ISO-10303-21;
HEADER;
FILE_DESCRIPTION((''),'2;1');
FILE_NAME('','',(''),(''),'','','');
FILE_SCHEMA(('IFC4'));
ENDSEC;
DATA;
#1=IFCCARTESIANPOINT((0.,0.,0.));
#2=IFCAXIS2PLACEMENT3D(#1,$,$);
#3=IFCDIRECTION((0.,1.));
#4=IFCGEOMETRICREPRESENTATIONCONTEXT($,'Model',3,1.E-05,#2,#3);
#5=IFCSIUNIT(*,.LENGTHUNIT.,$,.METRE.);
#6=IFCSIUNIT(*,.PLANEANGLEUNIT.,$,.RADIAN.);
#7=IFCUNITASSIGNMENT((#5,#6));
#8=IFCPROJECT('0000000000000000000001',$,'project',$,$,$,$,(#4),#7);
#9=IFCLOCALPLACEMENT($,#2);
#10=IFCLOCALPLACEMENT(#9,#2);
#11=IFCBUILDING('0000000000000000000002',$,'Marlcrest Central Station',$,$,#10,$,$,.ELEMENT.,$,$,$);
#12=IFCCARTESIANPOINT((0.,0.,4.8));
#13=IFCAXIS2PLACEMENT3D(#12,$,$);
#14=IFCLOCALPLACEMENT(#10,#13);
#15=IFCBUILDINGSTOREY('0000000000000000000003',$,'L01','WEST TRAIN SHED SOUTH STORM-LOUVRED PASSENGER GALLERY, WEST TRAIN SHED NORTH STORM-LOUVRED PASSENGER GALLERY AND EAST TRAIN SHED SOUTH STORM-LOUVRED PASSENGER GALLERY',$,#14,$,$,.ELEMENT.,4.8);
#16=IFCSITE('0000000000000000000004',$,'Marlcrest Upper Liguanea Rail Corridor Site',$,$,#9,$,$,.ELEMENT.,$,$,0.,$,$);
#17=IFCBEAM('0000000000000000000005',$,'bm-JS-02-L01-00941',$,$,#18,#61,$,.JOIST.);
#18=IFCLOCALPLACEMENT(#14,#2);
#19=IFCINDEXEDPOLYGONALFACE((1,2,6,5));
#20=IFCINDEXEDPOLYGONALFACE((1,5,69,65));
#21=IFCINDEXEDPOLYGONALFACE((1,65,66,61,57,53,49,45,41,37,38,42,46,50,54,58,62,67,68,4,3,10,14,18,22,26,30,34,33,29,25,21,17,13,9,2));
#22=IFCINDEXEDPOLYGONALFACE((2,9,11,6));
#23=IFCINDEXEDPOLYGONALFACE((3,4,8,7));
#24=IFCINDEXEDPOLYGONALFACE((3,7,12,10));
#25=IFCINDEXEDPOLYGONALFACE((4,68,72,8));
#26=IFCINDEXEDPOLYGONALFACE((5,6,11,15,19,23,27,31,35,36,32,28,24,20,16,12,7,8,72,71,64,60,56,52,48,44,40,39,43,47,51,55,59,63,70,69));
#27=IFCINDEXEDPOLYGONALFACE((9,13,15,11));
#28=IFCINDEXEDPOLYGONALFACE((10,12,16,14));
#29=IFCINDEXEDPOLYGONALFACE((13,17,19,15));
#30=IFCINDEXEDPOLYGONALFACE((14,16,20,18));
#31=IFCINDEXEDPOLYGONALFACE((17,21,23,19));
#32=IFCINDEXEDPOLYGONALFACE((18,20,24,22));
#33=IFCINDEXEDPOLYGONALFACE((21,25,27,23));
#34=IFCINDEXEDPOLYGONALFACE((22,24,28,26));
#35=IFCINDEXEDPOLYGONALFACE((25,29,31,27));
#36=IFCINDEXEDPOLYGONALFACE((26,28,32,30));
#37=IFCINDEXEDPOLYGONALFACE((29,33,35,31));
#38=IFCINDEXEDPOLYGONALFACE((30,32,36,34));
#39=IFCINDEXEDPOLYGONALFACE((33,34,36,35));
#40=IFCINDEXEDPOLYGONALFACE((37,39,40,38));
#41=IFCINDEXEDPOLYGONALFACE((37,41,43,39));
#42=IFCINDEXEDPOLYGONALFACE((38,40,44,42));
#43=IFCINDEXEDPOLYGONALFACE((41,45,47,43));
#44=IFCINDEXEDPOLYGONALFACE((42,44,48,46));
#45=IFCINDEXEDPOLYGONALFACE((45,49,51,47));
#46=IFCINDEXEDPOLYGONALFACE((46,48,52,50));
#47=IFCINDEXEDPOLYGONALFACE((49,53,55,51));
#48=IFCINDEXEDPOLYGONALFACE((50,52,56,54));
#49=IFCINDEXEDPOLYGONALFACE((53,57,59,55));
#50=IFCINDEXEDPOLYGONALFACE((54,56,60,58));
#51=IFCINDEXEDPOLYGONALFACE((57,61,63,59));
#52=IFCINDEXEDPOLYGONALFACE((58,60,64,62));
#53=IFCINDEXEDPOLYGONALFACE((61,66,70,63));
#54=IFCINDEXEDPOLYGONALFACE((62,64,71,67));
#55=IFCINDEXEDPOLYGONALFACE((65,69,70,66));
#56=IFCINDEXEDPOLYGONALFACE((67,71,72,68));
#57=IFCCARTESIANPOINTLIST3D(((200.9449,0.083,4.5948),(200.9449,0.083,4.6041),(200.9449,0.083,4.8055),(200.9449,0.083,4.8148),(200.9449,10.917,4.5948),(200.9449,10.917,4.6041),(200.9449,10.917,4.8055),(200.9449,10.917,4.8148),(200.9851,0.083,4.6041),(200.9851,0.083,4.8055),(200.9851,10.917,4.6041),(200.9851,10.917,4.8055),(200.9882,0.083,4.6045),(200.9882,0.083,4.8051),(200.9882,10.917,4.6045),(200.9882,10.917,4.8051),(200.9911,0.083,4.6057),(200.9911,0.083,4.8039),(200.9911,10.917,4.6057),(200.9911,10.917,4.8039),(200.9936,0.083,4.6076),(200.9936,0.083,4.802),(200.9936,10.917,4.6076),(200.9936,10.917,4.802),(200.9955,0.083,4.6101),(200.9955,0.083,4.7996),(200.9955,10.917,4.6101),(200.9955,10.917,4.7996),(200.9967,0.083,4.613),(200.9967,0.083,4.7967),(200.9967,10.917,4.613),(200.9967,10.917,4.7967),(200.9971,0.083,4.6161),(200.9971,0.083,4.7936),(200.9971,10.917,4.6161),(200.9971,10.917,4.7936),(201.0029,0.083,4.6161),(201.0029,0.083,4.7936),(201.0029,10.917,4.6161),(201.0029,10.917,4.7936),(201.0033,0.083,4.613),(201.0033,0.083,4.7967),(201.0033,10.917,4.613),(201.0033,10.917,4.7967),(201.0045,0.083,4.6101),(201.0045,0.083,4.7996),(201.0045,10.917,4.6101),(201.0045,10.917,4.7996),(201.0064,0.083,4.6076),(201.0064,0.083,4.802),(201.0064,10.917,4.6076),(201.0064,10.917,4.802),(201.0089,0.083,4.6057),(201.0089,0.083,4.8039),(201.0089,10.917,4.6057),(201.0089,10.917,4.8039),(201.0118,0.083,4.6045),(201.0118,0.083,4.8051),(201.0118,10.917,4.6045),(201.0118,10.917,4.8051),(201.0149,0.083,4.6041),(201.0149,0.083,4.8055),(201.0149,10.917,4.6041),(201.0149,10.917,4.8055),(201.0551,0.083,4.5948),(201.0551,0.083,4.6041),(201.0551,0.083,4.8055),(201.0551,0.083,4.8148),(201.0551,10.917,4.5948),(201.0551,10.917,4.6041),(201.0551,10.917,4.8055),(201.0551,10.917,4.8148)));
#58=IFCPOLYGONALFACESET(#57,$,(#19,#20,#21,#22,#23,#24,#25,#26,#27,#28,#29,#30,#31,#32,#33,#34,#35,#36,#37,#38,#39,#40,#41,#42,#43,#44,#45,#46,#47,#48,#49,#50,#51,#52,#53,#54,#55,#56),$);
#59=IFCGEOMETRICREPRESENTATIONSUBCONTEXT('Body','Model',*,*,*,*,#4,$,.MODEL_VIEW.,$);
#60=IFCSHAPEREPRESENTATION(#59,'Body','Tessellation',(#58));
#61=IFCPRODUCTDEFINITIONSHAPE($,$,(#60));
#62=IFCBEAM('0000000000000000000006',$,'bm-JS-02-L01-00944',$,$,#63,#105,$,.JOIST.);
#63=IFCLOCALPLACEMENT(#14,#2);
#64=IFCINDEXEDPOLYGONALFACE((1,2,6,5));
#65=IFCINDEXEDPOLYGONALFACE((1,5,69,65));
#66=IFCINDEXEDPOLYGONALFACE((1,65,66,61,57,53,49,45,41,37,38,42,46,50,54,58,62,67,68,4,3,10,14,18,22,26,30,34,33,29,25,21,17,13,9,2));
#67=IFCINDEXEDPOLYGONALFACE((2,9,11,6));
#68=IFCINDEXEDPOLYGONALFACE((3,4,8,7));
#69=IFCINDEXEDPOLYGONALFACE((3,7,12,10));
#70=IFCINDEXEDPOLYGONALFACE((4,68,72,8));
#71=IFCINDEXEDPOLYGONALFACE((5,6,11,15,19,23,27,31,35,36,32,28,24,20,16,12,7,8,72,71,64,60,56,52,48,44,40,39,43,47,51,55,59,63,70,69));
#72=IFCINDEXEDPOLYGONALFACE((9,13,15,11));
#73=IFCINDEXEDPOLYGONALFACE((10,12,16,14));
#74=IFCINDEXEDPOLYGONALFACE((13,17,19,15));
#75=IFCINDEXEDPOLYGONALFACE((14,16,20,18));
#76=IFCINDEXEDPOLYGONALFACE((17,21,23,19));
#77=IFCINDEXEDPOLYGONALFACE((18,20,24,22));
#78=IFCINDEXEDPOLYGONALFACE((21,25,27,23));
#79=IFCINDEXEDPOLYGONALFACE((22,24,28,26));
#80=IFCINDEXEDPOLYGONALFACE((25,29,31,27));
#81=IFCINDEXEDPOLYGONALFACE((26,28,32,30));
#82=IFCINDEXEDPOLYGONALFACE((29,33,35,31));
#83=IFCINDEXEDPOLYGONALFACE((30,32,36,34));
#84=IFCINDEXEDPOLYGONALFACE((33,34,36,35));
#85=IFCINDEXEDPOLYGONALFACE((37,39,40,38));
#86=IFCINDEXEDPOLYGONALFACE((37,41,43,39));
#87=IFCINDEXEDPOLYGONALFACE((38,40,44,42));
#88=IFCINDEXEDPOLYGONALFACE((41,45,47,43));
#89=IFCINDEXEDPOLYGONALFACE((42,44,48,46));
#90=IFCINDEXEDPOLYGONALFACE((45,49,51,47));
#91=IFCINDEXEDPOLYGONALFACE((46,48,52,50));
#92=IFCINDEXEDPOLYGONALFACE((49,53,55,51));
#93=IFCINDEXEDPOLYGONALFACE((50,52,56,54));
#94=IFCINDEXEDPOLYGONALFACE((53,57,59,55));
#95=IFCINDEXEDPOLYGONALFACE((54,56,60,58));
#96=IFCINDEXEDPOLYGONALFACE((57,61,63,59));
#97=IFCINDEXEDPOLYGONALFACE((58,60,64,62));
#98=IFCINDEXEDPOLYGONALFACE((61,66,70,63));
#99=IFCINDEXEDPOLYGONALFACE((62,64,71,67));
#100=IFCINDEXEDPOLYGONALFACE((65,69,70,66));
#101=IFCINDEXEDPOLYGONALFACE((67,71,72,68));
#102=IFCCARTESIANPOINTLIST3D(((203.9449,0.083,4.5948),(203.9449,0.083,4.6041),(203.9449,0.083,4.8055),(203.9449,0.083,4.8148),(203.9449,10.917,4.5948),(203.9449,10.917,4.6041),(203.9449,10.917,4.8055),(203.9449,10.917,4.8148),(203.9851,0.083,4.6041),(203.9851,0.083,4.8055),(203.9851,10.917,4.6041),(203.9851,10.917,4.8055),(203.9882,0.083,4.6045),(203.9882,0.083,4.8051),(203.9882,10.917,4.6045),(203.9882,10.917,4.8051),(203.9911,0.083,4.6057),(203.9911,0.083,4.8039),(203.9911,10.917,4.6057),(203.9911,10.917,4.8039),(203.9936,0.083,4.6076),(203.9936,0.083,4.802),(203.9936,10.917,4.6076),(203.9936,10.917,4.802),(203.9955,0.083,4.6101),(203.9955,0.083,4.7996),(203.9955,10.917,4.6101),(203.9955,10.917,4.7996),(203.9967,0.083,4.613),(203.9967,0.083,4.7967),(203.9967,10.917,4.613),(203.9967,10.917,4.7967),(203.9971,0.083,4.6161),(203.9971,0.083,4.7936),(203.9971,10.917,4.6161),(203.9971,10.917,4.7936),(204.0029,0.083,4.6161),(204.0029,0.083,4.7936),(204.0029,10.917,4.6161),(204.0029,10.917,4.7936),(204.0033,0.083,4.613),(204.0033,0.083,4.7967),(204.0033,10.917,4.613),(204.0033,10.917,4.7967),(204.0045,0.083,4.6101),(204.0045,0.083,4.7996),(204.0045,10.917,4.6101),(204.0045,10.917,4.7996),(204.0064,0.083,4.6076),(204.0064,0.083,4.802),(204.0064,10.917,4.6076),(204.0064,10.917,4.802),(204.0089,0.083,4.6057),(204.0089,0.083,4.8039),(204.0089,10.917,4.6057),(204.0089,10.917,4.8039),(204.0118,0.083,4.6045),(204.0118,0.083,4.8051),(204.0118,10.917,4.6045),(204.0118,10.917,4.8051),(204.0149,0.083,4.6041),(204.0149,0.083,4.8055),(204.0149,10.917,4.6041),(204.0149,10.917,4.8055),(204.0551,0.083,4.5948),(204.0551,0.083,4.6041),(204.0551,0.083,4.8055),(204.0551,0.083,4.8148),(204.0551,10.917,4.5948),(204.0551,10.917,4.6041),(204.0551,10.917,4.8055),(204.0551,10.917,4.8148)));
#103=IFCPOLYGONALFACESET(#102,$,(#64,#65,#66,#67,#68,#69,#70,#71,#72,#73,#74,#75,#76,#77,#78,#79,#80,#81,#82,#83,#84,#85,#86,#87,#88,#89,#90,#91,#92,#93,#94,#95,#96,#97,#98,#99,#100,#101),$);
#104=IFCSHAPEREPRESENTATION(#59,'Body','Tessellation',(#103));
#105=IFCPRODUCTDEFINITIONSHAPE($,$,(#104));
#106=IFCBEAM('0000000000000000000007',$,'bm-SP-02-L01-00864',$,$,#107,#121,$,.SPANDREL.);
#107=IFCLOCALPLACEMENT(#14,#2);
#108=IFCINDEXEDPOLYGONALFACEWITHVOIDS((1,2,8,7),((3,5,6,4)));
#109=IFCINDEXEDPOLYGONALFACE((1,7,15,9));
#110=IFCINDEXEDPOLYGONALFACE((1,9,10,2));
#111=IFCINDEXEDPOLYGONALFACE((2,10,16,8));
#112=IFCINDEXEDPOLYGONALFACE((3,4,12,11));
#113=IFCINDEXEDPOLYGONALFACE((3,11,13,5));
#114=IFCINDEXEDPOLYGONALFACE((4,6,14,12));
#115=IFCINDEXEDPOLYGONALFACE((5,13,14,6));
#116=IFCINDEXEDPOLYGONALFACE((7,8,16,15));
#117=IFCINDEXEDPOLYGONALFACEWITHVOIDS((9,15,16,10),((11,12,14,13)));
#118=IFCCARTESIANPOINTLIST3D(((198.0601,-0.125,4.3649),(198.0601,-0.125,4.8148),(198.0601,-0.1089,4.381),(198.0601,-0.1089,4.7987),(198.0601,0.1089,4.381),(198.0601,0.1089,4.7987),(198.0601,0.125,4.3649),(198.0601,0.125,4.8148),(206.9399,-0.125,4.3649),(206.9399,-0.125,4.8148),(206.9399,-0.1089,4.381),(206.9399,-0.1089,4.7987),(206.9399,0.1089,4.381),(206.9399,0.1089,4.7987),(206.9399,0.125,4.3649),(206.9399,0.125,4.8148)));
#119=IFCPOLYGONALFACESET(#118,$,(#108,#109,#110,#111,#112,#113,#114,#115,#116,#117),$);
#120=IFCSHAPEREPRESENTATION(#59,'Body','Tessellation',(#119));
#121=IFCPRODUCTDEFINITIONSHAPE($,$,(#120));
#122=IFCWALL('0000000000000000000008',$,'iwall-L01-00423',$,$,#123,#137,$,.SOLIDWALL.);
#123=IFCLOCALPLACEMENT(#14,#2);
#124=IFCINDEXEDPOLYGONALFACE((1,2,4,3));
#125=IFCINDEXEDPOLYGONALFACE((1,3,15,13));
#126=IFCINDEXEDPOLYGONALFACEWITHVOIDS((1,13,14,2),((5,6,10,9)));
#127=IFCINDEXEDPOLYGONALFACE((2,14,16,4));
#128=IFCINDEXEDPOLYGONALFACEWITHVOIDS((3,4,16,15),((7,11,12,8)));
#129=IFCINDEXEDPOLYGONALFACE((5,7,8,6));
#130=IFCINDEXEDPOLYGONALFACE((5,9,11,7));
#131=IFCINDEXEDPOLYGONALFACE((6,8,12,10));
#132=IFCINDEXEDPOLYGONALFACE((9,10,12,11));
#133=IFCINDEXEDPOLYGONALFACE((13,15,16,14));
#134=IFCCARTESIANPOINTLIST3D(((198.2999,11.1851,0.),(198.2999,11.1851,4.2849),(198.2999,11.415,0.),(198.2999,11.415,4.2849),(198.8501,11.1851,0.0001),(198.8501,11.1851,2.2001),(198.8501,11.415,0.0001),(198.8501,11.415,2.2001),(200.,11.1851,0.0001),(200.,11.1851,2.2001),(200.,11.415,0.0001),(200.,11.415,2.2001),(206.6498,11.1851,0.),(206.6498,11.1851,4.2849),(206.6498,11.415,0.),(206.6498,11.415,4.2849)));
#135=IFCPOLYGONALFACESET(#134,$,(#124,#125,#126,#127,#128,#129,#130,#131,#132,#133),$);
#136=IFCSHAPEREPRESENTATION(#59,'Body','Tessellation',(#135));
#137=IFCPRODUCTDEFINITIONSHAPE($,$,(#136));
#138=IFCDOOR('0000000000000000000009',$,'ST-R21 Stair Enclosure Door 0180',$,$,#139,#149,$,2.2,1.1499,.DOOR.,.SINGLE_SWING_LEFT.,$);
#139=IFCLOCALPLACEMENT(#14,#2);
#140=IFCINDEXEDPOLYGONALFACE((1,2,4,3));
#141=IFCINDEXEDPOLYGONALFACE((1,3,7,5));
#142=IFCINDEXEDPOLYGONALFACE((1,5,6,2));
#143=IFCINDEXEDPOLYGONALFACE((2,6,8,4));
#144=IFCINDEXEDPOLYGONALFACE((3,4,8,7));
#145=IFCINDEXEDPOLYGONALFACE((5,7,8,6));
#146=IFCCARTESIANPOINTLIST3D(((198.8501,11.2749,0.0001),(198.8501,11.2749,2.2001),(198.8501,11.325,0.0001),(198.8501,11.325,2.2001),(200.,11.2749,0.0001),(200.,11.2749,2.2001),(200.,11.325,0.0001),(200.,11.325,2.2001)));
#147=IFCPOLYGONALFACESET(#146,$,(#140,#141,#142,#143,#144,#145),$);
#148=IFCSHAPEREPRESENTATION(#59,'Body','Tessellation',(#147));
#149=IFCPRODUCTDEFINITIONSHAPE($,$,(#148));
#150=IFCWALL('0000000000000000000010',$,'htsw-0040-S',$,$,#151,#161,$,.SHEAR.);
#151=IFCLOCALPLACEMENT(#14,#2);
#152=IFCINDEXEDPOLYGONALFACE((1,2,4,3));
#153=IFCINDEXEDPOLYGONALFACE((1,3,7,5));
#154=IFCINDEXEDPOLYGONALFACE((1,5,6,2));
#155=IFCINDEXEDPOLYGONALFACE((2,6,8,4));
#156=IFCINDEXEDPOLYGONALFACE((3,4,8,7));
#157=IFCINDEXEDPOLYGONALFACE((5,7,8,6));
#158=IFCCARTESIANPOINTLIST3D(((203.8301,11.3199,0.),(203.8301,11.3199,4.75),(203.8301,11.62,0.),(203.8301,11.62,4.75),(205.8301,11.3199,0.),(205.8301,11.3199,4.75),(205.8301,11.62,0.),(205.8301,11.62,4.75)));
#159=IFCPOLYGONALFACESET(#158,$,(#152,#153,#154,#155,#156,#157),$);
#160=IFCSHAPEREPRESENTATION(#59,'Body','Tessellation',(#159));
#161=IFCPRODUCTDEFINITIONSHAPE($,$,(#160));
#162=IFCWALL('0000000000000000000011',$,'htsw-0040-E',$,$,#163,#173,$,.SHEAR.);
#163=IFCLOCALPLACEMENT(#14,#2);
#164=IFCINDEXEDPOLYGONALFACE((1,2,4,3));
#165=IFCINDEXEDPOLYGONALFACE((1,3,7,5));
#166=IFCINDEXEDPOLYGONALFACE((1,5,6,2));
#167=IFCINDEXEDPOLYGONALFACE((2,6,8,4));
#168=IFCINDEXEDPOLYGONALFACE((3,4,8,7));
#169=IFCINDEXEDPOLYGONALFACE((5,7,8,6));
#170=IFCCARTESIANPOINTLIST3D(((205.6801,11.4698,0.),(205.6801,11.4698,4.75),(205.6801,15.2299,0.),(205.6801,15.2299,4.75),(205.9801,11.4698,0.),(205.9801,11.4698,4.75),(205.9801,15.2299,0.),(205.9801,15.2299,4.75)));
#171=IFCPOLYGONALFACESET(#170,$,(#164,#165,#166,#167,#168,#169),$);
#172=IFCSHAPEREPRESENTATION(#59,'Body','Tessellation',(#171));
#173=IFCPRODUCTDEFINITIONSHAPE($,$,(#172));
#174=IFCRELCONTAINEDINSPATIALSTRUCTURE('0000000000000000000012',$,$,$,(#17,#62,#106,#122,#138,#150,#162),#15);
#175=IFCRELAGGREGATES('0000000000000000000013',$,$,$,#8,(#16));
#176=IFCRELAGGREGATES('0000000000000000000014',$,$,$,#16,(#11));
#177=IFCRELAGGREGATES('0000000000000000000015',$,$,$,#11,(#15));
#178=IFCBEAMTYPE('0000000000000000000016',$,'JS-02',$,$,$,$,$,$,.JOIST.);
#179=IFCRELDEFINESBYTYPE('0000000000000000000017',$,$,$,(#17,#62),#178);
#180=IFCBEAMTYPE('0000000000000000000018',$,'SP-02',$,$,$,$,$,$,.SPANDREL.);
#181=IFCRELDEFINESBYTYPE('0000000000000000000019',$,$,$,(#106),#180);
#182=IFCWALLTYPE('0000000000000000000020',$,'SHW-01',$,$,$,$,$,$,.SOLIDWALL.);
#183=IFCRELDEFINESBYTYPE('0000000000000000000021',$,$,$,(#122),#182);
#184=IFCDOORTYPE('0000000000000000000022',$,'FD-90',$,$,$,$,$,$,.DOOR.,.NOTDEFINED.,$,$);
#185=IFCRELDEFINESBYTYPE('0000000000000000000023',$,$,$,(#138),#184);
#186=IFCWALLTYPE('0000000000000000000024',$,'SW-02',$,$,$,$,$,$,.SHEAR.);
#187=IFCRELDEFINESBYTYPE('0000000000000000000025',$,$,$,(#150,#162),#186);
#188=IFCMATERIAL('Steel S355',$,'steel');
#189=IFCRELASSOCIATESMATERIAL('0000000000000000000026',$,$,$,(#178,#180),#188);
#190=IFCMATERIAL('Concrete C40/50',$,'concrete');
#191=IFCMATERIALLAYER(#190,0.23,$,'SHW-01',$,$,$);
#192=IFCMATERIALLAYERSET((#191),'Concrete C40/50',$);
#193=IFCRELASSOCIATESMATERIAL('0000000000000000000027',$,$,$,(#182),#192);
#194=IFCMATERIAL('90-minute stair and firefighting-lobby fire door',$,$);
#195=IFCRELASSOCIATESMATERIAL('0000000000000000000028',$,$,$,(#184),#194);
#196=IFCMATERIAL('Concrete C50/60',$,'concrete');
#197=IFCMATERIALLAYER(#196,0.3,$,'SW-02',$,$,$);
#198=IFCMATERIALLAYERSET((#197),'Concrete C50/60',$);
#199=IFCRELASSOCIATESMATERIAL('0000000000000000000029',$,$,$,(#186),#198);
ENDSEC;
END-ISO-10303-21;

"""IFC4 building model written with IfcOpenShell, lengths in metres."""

from ifc_helpers import new_model, si_unit, direction, frame, frame_2d, origin, origin_2d, place, context, subcontext, project, spatial, rectangle, hollow_rectangle, i_section, extrude, material, layer, layer_set, material_profile, profile_set, type_object, element, fill, save


model = new_model("IFC4")

# Units and contexts
model_context = context("Model", 3, precision=1e-05, world=origin(), true_north=direction((0.0, 1.0)))
body_context = subcontext(model_context, "Body", "Model", "MODEL_VIEW")
ifc_project = project(units=[si_unit("LENGTHUNIT", "METRE"), si_unit("PLANEANGLEUNIT", "RADIAN")], contexts=[model_context])

# Site, building, storey
site_placement = place(None, origin())
site = spatial("IfcSite", under=ifc_project, at=site_placement, Name="Marlcrest Upper Liguanea Rail Corridor Site", CompositionType="ELEMENT", RefElevation=0.0)
building_placement = place(site_placement, origin())
building = spatial("IfcBuilding", under=site, at=building_placement, Name="Marlcrest Central Station", CompositionType="ELEMENT")
storey_placement = place(building_placement, frame((0.0, 0.0, 4.8)))
storey = spatial("IfcBuildingStorey", under=building, at=storey_placement, Name="L01", Description="WEST TRAIN SHED SOUTH STORM-LOUVRED PASSENGER GALLERY, WEST TRAIN SHED NORTH STORM-LOUVRED PASSENGER GALLERY AND EAST TRAIN SHED SOUTH STORM-LOUVRED PASSENGER GALLERY", CompositionType="ELEMENT", Elevation=4.8)

# Shared definitions
ifc_material_1 = material(Name="Steel S355", Category="steel")

# Beams
ifc_material_profile_1 = material_profile(ifc_material_1, i_section(OverallWidth=0.1101, OverallDepth=0.22, WebThickness=0.0059, FlangeThickness=0.0093, FilletRadius=0.012, at=origin_2d()), Name="IPE 220")
ifc_profile_set_1 = profile_set([ifc_material_profile_1], Name="Steel S355")
beam_type_1 = type_object("IfcBeamType", Name="JS-02", PredefinedType="JOIST", material=ifc_profile_set_1)
for number, where, z_axis, x_axis, name in (
    (1, (201.0, 0.083, 4.7048), (0.0, 1.0, 0.0), (-1.0, 0.0, 0.0), "bm-JS-02-L01-00941"),
    (2, (204.0, 0.083, 4.7048), (0.0, 1.0, 0.0), (-1.0, 0.0, 0.0), "bm-JS-02-L01-00944"),
):
    element("IfcBeam", number, at=place(storey_placement, frame(where, z_axis=z_axis, x_axis=x_axis)), inside=storey, type_object=beam_type_1, Name=name, PredefinedType="JOIST", context=body_context, shape_type="SweptSolid", body=[
        extrude(i_section(OverallWidth=0.1101, OverallDepth=0.22, WebThickness=0.0059, FlangeThickness=0.0093, FilletRadius=0.012, at=origin_2d()), origin(), (0.0, 0.0, 1.0), 10.834),
    ])
ifc_material_profile_2 = material_profile(ifc_material_1, hollow_rectangle(XDim=0.25, YDim=0.45, WallThickness=0.0161, at=origin_2d()), Name="RHS 450x250x16")
ifc_profile_set_2 = profile_set([ifc_material_profile_2], Name="Steel S355")
beam_type_2 = type_object("IfcBeamType", Name="SP-02", PredefinedType="SPANDREL", material=ifc_profile_set_2)
beam_1_placement = place(storey_placement, frame((198.0601, 0.0, 4.5898), z_axis=(1.0, 0.0, 0.0), x_axis=(0.0, 1.0, 0.0)))
element("IfcBeam", 3, at=beam_1_placement, inside=storey, type_object=beam_type_2, Name="bm-SP-02-L01-00864", PredefinedType="SPANDREL", context=body_context, shape_type="SweptSolid", body=[
    extrude(hollow_rectangle(XDim=0.25, YDim=0.45, WallThickness=0.0161, at=origin_2d()), origin(), (0.0, 0.0, 1.0), 8.8799),
])

# Wall, opening, door
ifc_material_2 = material(Name="Concrete C40/50", Category="concrete")
ifc_layer_1 = layer(ifc_material_2, 0.23, Name="SHW-01")
ifc_layer_set_1 = layer_set([ifc_layer_1], Name="Concrete C40/50")
wall_type_1 = type_object("IfcWallType", Name="SHW-01", PredefinedType="SOLIDWALL", material=ifc_layer_set_1)
wall_1_placement = place(storey_placement, frame((198.3, 11.3, 0.0), z_axis=(0.0, 0.0, 1.0), x_axis=(1.0, 0.0, 0.0)))
wall_1 = element("IfcWall", 4, at=wall_1_placement, inside=storey, type_object=wall_type_1, Name="iwall-L01-00423", PredefinedType="SOLIDWALL", context=body_context, shape_type="SweptSolid", body=[
    extrude(rectangle(XDim=8.3499, YDim=0.23, at=frame_2d((4.1748, 0.0))), origin(), (0.0, 0.0, 1.0), 4.2849),
])
opening_placement = place(wall_1_placement, frame((0.55, 0.0, 0.0)))
opening = element("IfcOpeningElement", 5, at=opening_placement, cuts=wall_1, PredefinedType="OPENING", context=body_context, shape_type="SweptSolid", body=[
    extrude(rectangle(XDim=1.1499, YDim=2.2, at=frame_2d((0.575, 1.1001))), frame((0.0, 0.125, 0.0), z_axis=(0.0, -1.0, 0.0), x_axis=(1.0, 0.0, 0.0)), (0.0, 0.0, 1.0), 0.25),
])
ifc_material_3 = material(Name="90-minute stair and firefighting-lobby fire door")
door_type = type_object("IfcDoorType", Name="FD-90", OperationType="NOTDEFINED", PredefinedType="DOOR", material=ifc_material_3)
door_placement = place(opening_placement, origin())
door = element("IfcDoor", 6, at=door_placement, inside=storey, type_object=door_type, Name="ST-R21 Stair Enclosure Door 0180", OperationType="SINGLE_SWING_LEFT", OverallHeight=2.2, OverallWidth=1.1499, PredefinedType="DOOR", context=body_context, shape_type="SweptSolid", body=[
    extrude(rectangle(XDim=1.1499, YDim=2.2, at=frame_2d((0.575, 1.1001))), frame((0.0, 0.0249, 0.0), z_axis=(0.0, -1.0, 0.0), x_axis=(1.0, 0.0, 0.0)), (0.0, 0.0, 1.0), 0.05),
])
fill(opening, door)

# Walls
ifc_material_4 = material(Name="Concrete C50/60", Category="concrete")
ifc_layer_2 = layer(ifc_material_4, 0.3, Name="SW-02")
ifc_layer_set_2 = layer_set([ifc_layer_2], Name="Concrete C50/60")
wall_type_2 = type_object("IfcWallType", Name="SW-02", PredefinedType="SHEAR", material=ifc_layer_set_2)
wall_2_placement = place(storey_placement, frame((203.8301, 11.47, 0.0), z_axis=(0.0, 0.0, 1.0), x_axis=(1.0, 0.0, 0.0)))
element("IfcWall", 7, at=wall_2_placement, inside=storey, type_object=wall_type_2, Name="htsw-0040-S", PredefinedType="SHEAR", context=body_context, shape_type="SweptSolid", body=[
    extrude(rectangle(XDim=2.0, YDim=0.3, at=frame_2d((1.0, 0.0))), origin(), (0.0, 0.0, 1.0), 4.75),
])
wall_3_placement = place(storey_placement, frame((205.8301, 11.47, 0.0), z_axis=(0.0, 0.0, 1.0), x_axis=(0.0, 1.0, 0.0)))
element("IfcWall", 8, at=wall_3_placement, inside=storey, type_object=wall_type_2, Name="htsw-0040-E", PredefinedType="SHEAR", context=body_context, shape_type="SweptSolid", body=[
    extrude(rectangle(XDim=3.76, YDim=0.3, at=frame_2d((1.8799, 0.0))), origin(), (0.0, 0.0, 1.0), 4.75),
])

save(model, "model.ifc")
